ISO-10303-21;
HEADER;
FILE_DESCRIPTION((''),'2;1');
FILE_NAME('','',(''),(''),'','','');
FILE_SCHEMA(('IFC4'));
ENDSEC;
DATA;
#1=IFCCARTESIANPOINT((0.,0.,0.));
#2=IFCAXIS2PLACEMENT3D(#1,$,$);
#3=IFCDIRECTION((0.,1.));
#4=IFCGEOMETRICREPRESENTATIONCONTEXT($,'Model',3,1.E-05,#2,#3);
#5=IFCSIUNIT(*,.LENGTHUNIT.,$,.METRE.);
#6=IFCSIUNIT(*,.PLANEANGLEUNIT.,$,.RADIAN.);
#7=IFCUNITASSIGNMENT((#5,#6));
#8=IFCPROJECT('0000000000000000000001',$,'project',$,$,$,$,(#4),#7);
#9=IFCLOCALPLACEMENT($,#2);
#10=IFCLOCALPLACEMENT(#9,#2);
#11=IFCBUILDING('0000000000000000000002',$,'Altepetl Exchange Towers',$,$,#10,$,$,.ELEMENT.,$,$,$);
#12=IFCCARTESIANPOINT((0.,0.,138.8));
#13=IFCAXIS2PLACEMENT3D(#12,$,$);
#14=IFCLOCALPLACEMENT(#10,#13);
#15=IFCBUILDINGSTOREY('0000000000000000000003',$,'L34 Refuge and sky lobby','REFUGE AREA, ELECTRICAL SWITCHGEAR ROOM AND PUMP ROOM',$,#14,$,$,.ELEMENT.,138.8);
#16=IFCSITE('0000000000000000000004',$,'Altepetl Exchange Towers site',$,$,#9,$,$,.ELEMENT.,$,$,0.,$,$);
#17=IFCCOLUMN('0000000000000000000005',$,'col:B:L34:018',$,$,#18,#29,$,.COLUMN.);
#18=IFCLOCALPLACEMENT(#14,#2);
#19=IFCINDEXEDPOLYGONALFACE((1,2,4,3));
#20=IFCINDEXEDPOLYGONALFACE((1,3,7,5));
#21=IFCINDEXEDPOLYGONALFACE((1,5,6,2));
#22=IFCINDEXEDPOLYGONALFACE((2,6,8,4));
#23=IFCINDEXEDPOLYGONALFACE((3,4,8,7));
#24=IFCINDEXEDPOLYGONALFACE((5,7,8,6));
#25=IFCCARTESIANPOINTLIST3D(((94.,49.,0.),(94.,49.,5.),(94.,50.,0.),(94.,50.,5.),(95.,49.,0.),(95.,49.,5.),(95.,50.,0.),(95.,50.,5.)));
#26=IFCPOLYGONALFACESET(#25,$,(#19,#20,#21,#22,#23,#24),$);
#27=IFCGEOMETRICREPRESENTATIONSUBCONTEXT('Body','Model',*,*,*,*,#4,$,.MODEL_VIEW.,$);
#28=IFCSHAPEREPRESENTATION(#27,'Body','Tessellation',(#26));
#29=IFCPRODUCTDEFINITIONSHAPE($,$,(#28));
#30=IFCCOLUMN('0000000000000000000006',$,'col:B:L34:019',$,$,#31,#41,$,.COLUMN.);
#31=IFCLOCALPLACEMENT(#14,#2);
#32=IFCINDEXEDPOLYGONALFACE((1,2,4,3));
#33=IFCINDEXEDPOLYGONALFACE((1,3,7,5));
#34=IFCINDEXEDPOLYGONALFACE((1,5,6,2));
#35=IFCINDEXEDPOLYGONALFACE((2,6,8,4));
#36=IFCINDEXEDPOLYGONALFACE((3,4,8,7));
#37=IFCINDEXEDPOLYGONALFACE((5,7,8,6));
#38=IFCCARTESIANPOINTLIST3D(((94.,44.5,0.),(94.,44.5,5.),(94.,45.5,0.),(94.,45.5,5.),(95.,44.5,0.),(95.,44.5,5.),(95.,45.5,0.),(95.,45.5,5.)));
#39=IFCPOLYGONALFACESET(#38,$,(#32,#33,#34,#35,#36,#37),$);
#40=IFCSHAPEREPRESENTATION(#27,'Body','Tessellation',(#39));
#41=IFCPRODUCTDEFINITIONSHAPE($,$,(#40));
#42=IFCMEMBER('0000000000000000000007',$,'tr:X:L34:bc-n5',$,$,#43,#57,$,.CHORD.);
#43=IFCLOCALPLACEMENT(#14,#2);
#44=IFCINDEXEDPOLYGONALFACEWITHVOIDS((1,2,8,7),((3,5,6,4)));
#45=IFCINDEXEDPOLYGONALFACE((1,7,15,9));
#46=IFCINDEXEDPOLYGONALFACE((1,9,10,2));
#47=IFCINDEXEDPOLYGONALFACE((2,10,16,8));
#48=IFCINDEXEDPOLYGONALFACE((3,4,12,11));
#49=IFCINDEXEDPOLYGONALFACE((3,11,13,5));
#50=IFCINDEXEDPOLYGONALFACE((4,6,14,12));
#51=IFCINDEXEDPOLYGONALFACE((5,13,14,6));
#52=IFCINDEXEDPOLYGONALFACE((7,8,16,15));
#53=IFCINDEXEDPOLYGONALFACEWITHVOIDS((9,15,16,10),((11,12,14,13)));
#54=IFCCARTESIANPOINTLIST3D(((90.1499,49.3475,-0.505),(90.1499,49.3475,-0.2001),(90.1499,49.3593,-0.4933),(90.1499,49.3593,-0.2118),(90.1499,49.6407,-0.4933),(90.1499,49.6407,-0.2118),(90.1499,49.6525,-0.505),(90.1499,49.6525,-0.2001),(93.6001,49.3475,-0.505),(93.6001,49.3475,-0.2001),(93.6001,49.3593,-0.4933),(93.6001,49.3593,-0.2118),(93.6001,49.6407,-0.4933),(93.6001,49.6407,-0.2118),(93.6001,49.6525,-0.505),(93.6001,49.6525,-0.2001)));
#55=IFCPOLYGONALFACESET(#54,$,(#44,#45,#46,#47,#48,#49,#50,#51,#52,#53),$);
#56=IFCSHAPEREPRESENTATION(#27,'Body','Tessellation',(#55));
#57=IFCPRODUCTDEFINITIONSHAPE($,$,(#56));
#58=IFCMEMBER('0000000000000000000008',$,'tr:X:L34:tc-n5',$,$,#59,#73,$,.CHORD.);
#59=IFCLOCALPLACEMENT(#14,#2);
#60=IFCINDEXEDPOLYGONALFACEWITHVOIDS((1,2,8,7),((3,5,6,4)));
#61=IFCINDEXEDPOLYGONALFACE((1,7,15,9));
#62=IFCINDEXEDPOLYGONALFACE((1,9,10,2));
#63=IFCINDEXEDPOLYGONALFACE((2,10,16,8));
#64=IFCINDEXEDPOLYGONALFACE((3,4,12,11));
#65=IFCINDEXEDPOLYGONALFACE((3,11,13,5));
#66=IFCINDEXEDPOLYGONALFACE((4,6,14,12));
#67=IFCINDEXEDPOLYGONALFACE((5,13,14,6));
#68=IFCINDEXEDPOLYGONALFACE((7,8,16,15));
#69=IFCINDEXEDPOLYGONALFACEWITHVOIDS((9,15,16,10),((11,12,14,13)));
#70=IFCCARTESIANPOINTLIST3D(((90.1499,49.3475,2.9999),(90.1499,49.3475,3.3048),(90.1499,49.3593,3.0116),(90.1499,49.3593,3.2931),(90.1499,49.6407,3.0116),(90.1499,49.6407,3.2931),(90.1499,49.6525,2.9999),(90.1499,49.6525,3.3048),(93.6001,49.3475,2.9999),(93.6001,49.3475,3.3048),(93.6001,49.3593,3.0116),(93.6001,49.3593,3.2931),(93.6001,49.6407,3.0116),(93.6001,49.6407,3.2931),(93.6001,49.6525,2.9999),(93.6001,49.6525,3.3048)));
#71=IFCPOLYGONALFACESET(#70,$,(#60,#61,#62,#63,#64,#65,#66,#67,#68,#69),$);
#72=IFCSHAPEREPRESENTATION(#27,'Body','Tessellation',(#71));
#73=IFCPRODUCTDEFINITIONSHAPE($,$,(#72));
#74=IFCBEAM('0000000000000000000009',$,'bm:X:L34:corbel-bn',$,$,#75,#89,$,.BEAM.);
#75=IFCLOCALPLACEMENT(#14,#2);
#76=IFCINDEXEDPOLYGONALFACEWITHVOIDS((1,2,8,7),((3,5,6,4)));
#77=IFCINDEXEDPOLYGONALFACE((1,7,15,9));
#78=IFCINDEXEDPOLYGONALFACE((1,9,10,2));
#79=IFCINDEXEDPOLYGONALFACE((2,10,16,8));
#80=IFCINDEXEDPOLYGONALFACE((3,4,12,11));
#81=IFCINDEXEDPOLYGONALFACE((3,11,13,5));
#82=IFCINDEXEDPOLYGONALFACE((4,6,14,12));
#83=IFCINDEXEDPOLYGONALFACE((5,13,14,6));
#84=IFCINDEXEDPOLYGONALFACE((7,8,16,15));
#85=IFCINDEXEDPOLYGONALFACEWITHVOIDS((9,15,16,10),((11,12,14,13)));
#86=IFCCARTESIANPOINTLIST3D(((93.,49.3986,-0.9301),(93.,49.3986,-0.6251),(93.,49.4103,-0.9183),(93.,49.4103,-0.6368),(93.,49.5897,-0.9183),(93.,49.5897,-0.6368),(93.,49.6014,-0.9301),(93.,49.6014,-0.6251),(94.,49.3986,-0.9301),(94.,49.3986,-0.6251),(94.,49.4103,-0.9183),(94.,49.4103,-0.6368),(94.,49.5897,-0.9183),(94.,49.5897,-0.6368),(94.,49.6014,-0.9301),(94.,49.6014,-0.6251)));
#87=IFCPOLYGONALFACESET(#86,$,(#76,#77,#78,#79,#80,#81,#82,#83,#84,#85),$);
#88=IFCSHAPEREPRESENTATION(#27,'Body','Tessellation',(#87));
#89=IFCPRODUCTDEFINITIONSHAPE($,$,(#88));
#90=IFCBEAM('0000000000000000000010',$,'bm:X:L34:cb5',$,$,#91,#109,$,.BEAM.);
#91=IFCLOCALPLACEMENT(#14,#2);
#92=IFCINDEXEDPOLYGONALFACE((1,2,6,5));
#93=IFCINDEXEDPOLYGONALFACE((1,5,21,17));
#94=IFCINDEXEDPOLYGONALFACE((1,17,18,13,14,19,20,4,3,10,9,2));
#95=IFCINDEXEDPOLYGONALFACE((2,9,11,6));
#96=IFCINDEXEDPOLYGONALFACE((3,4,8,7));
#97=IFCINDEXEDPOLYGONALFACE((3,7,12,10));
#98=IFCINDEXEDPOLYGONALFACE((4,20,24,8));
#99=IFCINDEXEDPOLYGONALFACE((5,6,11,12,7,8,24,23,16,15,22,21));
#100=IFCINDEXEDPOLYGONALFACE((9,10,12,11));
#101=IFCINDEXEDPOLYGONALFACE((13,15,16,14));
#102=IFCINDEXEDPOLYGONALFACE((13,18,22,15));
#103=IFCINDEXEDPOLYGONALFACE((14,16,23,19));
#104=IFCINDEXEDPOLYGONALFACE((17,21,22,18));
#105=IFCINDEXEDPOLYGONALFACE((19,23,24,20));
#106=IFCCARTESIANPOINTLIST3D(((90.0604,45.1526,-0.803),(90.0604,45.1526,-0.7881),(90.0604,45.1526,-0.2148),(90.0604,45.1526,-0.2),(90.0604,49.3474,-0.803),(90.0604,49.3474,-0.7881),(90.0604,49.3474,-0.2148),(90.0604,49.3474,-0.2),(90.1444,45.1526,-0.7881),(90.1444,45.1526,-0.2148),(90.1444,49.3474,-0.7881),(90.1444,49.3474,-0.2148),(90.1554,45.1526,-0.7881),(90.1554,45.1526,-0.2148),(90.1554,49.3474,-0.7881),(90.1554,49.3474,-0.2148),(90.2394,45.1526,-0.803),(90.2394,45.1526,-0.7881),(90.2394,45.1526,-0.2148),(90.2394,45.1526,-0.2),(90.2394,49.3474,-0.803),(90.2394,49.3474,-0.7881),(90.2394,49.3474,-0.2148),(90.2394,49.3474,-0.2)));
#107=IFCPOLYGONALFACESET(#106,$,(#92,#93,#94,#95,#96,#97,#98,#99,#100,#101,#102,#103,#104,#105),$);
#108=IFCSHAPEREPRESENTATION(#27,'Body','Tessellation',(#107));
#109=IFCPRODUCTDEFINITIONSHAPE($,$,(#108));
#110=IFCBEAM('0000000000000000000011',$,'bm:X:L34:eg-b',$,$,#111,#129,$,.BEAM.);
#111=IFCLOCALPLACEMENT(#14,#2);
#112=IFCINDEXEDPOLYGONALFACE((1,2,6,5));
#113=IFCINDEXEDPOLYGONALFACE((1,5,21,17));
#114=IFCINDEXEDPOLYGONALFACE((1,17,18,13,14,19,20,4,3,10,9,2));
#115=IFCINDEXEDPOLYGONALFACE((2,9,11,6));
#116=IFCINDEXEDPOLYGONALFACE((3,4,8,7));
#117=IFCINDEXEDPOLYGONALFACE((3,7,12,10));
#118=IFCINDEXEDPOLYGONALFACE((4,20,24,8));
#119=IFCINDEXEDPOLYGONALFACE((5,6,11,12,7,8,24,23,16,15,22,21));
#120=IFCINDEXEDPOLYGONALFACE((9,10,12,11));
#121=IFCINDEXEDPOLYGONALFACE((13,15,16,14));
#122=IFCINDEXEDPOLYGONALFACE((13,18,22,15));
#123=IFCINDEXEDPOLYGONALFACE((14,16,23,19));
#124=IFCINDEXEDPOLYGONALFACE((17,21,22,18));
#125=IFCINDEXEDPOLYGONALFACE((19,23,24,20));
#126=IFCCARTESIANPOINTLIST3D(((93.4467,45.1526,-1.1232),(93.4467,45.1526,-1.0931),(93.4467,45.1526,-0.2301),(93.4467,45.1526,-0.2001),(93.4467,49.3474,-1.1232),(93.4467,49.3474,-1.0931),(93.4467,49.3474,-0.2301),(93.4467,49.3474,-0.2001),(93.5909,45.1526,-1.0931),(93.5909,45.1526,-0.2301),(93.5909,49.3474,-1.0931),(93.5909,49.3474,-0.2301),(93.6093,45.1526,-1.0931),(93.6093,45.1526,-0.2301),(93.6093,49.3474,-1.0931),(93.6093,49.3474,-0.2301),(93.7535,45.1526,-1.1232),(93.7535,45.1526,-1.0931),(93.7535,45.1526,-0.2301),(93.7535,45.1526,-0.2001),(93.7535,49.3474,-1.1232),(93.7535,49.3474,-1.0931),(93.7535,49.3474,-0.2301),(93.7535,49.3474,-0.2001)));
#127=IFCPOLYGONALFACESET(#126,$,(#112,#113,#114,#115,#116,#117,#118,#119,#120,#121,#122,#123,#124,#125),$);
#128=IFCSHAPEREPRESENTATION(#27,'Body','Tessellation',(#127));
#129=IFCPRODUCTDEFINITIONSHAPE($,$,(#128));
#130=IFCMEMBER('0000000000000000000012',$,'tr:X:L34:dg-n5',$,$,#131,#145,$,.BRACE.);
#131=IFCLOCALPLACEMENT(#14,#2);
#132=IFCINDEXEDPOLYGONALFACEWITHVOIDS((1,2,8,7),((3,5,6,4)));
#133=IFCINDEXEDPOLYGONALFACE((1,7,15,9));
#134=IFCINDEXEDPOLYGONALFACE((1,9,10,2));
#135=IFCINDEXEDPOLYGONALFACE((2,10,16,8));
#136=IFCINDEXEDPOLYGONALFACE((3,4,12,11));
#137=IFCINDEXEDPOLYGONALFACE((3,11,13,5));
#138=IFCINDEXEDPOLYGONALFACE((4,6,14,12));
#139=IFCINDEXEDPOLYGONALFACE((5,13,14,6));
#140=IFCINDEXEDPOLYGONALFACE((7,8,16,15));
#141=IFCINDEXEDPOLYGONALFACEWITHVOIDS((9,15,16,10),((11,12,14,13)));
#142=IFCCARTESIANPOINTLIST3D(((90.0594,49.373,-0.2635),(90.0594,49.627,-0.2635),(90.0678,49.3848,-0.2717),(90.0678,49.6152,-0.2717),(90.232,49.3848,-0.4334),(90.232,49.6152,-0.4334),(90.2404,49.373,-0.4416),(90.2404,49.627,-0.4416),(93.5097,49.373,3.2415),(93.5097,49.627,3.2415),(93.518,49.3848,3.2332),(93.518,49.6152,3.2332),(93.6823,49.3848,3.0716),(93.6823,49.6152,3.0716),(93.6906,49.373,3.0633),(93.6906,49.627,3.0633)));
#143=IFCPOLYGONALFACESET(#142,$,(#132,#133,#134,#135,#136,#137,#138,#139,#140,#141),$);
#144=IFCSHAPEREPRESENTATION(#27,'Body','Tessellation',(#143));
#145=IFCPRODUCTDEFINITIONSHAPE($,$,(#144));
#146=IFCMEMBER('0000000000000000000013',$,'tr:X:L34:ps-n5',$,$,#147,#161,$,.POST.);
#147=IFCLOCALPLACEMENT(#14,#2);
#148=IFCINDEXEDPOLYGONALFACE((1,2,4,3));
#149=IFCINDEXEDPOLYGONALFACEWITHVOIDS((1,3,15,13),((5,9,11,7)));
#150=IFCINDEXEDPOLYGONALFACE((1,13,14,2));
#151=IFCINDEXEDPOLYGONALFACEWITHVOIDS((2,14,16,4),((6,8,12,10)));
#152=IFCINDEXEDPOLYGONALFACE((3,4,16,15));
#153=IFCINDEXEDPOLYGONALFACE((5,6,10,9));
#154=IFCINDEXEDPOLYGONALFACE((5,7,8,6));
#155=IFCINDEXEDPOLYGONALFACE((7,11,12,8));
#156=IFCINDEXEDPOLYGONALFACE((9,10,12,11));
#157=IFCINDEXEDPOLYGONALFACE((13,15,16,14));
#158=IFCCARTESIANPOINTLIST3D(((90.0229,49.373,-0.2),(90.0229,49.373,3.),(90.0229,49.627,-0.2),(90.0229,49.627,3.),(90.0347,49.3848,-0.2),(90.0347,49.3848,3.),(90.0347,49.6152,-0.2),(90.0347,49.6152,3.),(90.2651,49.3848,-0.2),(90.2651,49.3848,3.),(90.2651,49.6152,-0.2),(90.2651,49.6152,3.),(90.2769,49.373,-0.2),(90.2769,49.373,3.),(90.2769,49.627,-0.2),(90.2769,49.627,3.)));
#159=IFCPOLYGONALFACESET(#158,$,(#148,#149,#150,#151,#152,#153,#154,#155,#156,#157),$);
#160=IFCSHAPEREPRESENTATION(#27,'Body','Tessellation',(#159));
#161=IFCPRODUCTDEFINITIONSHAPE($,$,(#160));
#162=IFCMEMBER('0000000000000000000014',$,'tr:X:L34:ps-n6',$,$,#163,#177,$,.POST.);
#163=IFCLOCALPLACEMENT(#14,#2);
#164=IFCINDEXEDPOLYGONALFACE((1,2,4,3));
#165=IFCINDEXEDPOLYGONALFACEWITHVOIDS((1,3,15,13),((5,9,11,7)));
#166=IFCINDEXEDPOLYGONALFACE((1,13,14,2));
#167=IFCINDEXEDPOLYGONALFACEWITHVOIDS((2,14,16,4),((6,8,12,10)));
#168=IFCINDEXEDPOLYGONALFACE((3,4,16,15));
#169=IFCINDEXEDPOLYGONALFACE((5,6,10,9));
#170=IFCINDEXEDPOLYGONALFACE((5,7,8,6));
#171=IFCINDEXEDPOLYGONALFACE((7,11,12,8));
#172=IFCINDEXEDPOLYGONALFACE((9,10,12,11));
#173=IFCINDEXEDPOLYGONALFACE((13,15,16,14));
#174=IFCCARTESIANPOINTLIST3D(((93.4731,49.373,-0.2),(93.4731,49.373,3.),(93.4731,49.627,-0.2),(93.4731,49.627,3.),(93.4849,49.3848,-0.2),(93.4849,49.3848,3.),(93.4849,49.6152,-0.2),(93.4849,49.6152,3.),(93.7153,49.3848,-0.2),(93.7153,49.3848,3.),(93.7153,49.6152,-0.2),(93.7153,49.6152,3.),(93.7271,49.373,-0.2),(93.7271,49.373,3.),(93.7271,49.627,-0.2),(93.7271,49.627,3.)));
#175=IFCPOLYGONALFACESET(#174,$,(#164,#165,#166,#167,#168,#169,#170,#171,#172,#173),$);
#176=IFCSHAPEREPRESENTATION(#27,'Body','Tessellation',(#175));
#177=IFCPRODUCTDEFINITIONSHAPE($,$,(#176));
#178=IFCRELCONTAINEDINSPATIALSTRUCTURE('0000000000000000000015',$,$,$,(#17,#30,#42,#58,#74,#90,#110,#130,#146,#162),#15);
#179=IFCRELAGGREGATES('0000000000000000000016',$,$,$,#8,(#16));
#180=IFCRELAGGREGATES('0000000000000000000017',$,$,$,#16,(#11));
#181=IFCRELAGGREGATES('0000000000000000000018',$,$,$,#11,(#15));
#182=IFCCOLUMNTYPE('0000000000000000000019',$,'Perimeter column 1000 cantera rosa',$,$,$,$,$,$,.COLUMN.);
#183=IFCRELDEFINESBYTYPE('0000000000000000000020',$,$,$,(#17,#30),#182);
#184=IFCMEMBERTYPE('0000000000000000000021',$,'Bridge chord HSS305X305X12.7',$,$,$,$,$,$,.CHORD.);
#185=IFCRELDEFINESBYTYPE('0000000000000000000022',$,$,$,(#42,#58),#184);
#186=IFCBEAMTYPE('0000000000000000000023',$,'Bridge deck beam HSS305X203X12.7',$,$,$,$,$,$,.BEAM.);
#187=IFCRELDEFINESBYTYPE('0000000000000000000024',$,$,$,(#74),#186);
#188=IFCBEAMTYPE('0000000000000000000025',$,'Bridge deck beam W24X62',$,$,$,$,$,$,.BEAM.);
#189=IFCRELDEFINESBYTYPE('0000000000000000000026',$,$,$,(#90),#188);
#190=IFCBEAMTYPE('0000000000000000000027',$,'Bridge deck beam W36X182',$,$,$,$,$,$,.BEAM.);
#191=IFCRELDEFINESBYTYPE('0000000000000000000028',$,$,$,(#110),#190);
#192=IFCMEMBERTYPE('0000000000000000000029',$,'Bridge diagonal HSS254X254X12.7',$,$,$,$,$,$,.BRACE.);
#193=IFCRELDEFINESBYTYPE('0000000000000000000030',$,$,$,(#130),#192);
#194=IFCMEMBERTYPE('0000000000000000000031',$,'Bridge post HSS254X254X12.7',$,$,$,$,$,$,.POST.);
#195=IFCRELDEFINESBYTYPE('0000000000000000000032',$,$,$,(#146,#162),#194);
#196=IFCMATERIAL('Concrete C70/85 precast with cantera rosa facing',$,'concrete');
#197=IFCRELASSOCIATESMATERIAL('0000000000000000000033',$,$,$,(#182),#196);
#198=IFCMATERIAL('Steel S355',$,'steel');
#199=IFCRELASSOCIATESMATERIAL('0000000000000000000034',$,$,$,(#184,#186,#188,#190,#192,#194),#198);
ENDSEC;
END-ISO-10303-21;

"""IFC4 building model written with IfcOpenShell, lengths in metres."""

from ifc_helpers import new_model, si_unit, direction, frame, origin, origin_2d, place, context, subcontext, project, spatial, rectangle, hollow_rectangle, i_section, extrude, material, material_profile, profile_set, type_object, element, save


model = new_model("IFC4")

# Units and contexts
model_context = context("Model", 3, precision=1e-05, world=origin(), true_north=direction((0.0, 1.0)))
body_context = subcontext(model_context, "Body", "Model", "MODEL_VIEW")
ifc_project = project(units=[si_unit("LENGTHUNIT", "METRE"), si_unit("PLANEANGLEUNIT", "RADIAN")], contexts=[model_context])

# Site, building, storey
site_placement = place(None, origin())
site = spatial("IfcSite", under=ifc_project, at=site_placement, Name="Altepetl Exchange Towers site", CompositionType="ELEMENT", RefElevation=0.0)
building_placement = place(site_placement, origin())
building = spatial("IfcBuilding", under=site, at=building_placement, Name="Altepetl Exchange Towers", CompositionType="ELEMENT")
storey_placement = place(building_placement, frame((0.0, 0.0, 138.8)))
storey = spatial("IfcBuildingStorey", under=building, at=storey_placement, Name="L34 Refuge and sky lobby", Description="REFUGE AREA, ELECTRICAL SWITCHGEAR ROOM AND PUMP ROOM", CompositionType="ELEMENT", Elevation=138.8)

# Columns
ifc_material_1 = material(Name="Concrete C70/85 precast with cantera rosa facing", Category="concrete")
ifc_material_profile_1 = material_profile(ifc_material_1, rectangle(XDim=1.0, YDim=1.0, at=origin_2d()), Name="1000 x 1000")
ifc_profile_set_1 = profile_set([ifc_material_profile_1], Name="Concrete C70/85 precast with cantera rosa facing")
column_type = type_object("IfcColumnType", Name="Perimeter column 1000 cantera rosa", PredefinedType="COLUMN", material=ifc_profile_set_1)
for number, where, name in (
    (1, (94.5, 49.5, 0.0), "col:B:L34:018"),
    (2, (94.5, 45.0, 0.0), "col:B:L34:019"),
):
    element("IfcColumn", number, at=place(storey_placement, frame(where)), inside=storey, type_object=column_type, Name=name, PredefinedType="COLUMN", context=body_context, shape_type="SweptSolid", body=[
        extrude(rectangle(XDim=1.0, YDim=1.0, at=origin_2d()), origin(), (0.0, 0.0, 1.0), 5.0),
    ])

# Members
ifc_material_2 = material(Name="Steel S355", Category="steel")
ifc_material_profile_2 = material_profile(ifc_material_2, hollow_rectangle(XDim=0.3049, YDim=0.3049, WallThickness=0.0117, at=origin_2d()), Name="HSS305X305X12.7")
ifc_profile_set_2 = profile_set([ifc_material_profile_2], Name="Steel S355")
member_type_1 = type_object("IfcMemberType", Name="Bridge chord HSS305X305X12.7", PredefinedType="CHORD", material=ifc_profile_set_2)
for number, where, z_axis, x_axis, name in (
    (3, (90.1499, 49.5, -0.3525), (1.0, 0.0, 0.0), (0.0, 1.0, 0.0), "tr:X:L34:bc-n5"),
    (4, (90.1499, 49.5, 3.1523), (1.0, 0.0, 0.0), (0.0, 1.0, 0.0), "tr:X:L34:tc-n5"),
):
    element("IfcMember", number, at=place(storey_placement, frame(where, z_axis=z_axis, x_axis=x_axis)), inside=storey, type_object=member_type_1, Name=name, PredefinedType="CHORD", context=body_context, shape_type="SweptSolid", body=[
        extrude(hollow_rectangle(XDim=0.3049, YDim=0.3049, WallThickness=0.0117, at=origin_2d()), origin(), (0.0, 0.0, 1.0), 3.4502),
    ])

# Beams
ifc_material_profile_3 = material_profile(ifc_material_2, hollow_rectangle(XDim=0.2029, YDim=0.3049, WallThickness=0.0117, at=origin_2d()), Name="HSS305X203X12.7")
ifc_profile_set_3 = profile_set([ifc_material_profile_3], Name="Steel S355")
beam_type_1 = type_object("IfcBeamType", Name="Bridge deck beam HSS305X203X12.7", PredefinedType="BEAM", material=ifc_profile_set_3)
beam_1_placement = place(storey_placement, frame((94.0, 49.5, -0.7776), z_axis=(-1.0, 0.0, 0.0), x_axis=(0.0, -1.0, 0.0)))
element("IfcBeam", 5, at=beam_1_placement, inside=storey, type_object=beam_type_1, Name="bm:X:L34:corbel-bn", PredefinedType="BEAM", context=body_context, shape_type="SweptSolid", body=[
    extrude(hollow_rectangle(XDim=0.2029, YDim=0.3049, WallThickness=0.0117, at=origin_2d()), origin(), (0.0, 0.0, 1.0), 1.0),
])
ifc_material_profile_4 = material_profile(ifc_material_2, i_section(OverallWidth=0.179, OverallDepth=0.603, WebThickness=0.011, FlangeThickness=0.0149, at=origin_2d()), Name="W24X62")
ifc_profile_set_4 = profile_set([ifc_material_profile_4], Name="Steel S355")
beam_type_2 = type_object("IfcBeamType", Name="Bridge deck beam W24X62", PredefinedType="BEAM", material=ifc_profile_set_4)
beam_2_placement = place(storey_placement, frame((90.1499, 45.1526, -0.5015), z_axis=(0.0, 1.0, 0.0), x_axis=(-1.0, 0.0, 0.0)))
element("IfcBeam", 6, at=beam_2_placement, inside=storey, type_object=beam_type_2, Name="bm:X:L34:cb5", PredefinedType="BEAM", context=body_context, shape_type="SweptSolid", body=[
    extrude(i_section(OverallWidth=0.179, OverallDepth=0.603, WebThickness=0.011, FlangeThickness=0.0149, at=origin_2d()), origin(), (0.0, 0.0, 1.0), 4.1948),
])
ifc_material_profile_5 = material_profile(ifc_material_2, i_section(OverallWidth=0.3069, OverallDepth=0.9231, WebThickness=0.0183, FlangeThickness=0.03, at=origin_2d()), Name="W36X182")
ifc_profile_set_5 = profile_set([ifc_material_profile_5], Name="Steel S355")
beam_type_3 = type_object("IfcBeamType", Name="Bridge deck beam W36X182", PredefinedType="BEAM", material=ifc_profile_set_5)
beam_3_placement = place(storey_placement, frame((93.6001, 45.1526, -0.6616), z_axis=(0.0, 1.0, 0.0), x_axis=(-1.0, 0.0, 0.0)))
element("IfcBeam", 7, at=beam_3_placement, inside=storey, type_object=beam_type_3, Name="bm:X:L34:eg-b", PredefinedType="BEAM", context=body_context, shape_type="SweptSolid", body=[
    extrude(i_section(OverallWidth=0.3069, OverallDepth=0.9231, WebThickness=0.0183, FlangeThickness=0.03, at=origin_2d()), origin(), (0.0, 0.0, 1.0), 4.1948),
])

# Members
ifc_material_profile_6 = material_profile(ifc_material_2, hollow_rectangle(XDim=0.2539, YDim=0.2539, WallThickness=0.0117, at=origin_2d()), Name="HSS254X254X12.7")
ifc_profile_set_6 = profile_set([ifc_material_profile_6], Name="Steel S355")
member_type_2 = type_object("IfcMemberType", Name="Bridge diagonal HSS254X254X12.7", PredefinedType="BRACE", material=ifc_profile_set_6)
member_1_placement = place(storey_placement, frame((90.1499, 49.5, -0.3525), z_axis=(0.701525, 0.0, 0.712645), x_axis=(0.0, 1.0, 0.0)))
element("IfcMember", 8, at=member_1_placement, inside=storey, type_object=member_type_2, Name="tr:X:L34:dg-n5", PredefinedType="BRACE", context=body_context, shape_type="SweptSolid", body=[
    extrude(hollow_rectangle(XDim=0.2539, YDim=0.2539, WallThickness=0.0117, at=origin_2d()), origin(), (0.0, 0.0, 1.0), 4.9182),
])
ifc_material_profile_7 = material_profile(ifc_material_2, hollow_rectangle(XDim=0.2539, YDim=0.2539, WallThickness=0.0117, at=origin_2d()), Name="HSS254X254X12.7")
ifc_profile_set_7 = profile_set([ifc_material_profile_7], Name="Steel S355")
member_type_3 = type_object("IfcMemberType", Name="Bridge post HSS254X254X12.7", PredefinedType="POST", material=ifc_profile_set_7)
for number, where, name in (
    (9, (90.1499, 49.5, -0.2), "tr:X:L34:ps-n5"),
    (10, (93.6001, 49.5, -0.2), "tr:X:L34:ps-n6"),
):
    element("IfcMember", number, at=place(storey_placement, frame(where)), inside=storey, type_object=member_type_3, Name=name, PredefinedType="POST", context=body_context, shape_type="SweptSolid", body=[
        extrude(hollow_rectangle(XDim=0.2539, YDim=0.2539, WallThickness=0.0117, at=origin_2d()), origin(), (0.0, 0.0, 1.0), 3.2),
    ])

save(model, "model.ifc")
